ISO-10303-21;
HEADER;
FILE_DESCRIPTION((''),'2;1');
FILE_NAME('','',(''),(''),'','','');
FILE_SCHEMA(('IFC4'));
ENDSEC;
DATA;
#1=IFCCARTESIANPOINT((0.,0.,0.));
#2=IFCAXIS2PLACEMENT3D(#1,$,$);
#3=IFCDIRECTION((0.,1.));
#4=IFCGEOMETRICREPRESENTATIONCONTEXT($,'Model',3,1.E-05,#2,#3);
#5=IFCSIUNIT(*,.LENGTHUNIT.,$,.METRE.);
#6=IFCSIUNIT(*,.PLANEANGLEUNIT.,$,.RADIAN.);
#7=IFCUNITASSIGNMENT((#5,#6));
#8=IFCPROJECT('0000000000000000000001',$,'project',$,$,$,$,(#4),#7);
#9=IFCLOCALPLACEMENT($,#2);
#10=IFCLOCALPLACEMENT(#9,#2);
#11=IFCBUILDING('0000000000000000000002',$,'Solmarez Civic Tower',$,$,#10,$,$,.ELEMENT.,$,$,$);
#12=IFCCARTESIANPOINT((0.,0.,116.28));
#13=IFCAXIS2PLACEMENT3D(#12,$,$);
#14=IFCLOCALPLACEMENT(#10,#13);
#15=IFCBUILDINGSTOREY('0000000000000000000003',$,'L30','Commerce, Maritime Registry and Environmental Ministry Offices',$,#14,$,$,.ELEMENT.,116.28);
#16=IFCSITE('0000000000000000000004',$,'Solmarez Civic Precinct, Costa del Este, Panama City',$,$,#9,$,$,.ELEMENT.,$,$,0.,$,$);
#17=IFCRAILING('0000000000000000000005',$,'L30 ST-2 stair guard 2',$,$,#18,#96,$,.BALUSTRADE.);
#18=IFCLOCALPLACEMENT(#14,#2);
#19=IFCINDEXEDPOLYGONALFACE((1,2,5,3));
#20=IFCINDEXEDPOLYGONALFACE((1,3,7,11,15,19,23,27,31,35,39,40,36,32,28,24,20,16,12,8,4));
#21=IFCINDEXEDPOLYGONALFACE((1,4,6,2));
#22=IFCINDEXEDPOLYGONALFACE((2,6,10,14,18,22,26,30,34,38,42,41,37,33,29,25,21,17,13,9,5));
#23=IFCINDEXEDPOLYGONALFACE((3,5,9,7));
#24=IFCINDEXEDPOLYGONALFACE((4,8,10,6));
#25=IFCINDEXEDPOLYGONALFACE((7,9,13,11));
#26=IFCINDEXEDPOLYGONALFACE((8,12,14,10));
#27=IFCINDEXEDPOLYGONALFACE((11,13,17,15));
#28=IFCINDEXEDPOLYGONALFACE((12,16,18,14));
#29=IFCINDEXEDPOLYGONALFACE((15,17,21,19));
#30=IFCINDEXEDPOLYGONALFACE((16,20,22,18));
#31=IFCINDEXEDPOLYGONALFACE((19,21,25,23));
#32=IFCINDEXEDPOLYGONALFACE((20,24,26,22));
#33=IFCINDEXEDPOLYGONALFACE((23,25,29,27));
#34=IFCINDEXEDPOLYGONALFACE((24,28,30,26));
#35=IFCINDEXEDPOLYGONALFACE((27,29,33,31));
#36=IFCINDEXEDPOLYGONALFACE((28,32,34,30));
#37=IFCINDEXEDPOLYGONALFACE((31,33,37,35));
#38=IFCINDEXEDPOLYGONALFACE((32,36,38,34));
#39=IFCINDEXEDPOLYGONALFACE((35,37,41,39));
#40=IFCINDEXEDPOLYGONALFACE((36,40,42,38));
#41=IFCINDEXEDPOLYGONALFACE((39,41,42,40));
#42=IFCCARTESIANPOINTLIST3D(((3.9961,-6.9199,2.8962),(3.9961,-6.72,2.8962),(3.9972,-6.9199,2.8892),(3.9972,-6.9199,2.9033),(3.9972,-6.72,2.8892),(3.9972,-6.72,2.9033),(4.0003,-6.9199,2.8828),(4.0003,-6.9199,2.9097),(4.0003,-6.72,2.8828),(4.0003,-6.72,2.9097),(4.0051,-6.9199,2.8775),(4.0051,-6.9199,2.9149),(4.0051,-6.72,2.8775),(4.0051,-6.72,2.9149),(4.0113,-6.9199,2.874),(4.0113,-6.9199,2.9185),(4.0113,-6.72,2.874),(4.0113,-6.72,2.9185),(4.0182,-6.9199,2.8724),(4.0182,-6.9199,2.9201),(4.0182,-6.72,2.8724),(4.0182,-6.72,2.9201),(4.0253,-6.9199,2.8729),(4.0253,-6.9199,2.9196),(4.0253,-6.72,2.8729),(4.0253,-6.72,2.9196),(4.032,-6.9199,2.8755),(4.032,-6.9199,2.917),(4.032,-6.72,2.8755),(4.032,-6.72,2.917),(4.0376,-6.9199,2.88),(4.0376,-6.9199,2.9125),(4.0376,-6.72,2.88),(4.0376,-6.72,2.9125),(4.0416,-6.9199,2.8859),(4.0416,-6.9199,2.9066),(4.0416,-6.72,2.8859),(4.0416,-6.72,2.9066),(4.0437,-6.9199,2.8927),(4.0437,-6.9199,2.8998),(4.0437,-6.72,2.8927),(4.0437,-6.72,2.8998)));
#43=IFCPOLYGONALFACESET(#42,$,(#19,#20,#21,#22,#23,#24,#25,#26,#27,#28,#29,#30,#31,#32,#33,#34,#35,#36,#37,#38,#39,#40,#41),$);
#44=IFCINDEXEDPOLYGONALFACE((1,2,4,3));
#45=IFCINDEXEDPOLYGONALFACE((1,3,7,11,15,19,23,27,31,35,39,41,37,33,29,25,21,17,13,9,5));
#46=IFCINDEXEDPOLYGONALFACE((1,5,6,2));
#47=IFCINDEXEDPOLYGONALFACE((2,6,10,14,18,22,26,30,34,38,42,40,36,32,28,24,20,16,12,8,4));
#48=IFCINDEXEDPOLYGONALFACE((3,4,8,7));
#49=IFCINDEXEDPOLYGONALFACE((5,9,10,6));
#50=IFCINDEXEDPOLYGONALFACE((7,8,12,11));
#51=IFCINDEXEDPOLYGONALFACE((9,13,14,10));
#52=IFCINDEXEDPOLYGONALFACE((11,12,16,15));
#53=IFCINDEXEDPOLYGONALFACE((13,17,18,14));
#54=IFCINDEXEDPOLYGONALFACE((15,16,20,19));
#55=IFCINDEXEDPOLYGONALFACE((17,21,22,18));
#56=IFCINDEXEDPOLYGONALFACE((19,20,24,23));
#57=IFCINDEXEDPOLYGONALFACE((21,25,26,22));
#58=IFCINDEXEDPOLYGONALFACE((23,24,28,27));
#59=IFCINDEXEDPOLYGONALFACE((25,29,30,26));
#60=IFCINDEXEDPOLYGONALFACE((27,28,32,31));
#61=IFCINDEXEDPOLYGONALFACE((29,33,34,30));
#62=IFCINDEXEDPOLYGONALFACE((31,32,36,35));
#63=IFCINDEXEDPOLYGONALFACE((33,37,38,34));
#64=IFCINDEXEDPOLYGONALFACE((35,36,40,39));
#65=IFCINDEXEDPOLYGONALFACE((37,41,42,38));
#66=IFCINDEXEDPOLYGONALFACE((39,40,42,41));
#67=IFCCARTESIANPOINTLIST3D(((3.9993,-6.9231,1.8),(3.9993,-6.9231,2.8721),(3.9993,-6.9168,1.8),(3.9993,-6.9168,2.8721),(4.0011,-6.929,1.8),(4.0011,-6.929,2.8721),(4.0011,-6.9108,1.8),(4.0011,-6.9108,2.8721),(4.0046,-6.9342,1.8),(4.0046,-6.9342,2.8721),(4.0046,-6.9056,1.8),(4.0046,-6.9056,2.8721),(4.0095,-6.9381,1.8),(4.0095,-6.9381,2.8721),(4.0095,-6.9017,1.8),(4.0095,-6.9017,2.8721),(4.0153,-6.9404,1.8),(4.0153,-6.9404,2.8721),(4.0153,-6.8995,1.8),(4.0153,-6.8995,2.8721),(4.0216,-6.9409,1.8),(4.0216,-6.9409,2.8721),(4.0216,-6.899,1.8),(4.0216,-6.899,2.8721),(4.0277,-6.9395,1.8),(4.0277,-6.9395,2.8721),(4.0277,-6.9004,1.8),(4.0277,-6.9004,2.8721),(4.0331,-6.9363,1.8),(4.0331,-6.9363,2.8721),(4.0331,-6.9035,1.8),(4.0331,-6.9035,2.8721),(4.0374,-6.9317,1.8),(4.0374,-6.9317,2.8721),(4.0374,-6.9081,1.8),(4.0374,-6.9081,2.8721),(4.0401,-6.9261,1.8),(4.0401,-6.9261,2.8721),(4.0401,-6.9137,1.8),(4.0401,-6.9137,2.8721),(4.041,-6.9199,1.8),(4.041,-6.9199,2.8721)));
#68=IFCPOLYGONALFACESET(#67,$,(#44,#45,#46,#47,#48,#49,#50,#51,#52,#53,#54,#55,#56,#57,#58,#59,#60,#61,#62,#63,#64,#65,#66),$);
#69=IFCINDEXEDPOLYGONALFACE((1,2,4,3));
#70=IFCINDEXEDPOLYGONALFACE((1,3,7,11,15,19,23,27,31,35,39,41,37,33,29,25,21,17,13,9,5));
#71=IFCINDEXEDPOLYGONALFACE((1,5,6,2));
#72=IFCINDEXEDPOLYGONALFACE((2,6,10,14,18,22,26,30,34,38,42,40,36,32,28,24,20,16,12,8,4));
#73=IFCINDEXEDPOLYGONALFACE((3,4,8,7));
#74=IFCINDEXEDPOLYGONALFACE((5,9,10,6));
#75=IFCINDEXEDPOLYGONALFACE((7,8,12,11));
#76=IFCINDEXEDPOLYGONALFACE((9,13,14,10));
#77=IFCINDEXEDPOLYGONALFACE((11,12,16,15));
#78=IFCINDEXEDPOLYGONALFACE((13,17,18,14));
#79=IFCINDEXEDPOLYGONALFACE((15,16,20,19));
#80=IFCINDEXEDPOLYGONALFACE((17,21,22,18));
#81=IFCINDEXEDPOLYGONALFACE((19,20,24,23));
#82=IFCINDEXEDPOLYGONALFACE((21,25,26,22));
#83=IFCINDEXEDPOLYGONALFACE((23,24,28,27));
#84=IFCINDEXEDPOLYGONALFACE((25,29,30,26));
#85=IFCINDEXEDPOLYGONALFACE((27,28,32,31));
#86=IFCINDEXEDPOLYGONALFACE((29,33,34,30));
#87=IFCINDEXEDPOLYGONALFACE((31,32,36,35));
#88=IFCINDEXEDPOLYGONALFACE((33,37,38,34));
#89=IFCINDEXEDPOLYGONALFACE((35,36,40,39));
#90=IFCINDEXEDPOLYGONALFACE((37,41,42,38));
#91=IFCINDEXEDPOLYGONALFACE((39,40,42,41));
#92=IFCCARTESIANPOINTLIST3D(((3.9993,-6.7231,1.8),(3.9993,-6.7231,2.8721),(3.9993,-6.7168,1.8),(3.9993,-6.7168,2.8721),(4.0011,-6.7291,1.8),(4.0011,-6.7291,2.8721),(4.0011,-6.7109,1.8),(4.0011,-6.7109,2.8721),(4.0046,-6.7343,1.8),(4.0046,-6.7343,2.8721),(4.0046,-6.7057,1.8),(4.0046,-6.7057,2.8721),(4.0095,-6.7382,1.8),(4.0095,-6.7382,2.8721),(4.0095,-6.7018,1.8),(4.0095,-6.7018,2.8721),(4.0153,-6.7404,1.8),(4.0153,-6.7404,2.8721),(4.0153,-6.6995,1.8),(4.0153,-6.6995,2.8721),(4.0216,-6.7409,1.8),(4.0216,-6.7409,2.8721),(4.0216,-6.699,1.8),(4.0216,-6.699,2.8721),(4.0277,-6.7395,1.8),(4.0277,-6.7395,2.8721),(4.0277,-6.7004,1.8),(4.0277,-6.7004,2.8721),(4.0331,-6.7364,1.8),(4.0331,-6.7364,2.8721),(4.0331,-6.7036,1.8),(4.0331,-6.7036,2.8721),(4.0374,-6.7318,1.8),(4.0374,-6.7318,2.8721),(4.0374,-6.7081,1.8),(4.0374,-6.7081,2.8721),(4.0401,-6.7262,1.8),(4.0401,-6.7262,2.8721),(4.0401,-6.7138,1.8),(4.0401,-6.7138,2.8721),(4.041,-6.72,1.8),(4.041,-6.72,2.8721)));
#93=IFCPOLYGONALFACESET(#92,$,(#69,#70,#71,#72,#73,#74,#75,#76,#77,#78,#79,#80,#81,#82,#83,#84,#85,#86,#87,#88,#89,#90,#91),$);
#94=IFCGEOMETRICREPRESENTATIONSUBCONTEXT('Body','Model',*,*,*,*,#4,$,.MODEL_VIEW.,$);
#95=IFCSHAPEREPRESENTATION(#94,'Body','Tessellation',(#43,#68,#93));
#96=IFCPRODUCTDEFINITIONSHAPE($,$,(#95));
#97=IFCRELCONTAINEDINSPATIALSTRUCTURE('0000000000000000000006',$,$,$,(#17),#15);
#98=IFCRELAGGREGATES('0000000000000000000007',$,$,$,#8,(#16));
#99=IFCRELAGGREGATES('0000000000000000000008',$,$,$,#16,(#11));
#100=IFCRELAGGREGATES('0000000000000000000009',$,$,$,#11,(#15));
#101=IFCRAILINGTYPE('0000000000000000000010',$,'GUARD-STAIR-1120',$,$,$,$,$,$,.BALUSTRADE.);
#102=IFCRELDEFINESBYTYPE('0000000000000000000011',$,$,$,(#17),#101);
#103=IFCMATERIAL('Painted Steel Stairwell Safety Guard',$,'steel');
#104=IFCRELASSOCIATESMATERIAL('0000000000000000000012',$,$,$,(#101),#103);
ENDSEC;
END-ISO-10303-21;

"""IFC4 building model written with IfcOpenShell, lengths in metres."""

from ifc_helpers import new_model, si_unit, direction, frame, origin, origin_2d, place, context, subcontext, project, spatial, circle, extrude, material, type_object, element, save


model = new_model("IFC4")

# Units and contexts
model_context = context("Model", 3, precision=1e-05, world=origin(), true_north=direction((0.0, 1.0)))
body_context = subcontext(model_context, "Body", "Model", "MODEL_VIEW")
ifc_project = project(units=[si_unit("LENGTHUNIT", "METRE"), si_unit("PLANEANGLEUNIT", "RADIAN")], contexts=[model_context])

# Site, building, storey
site_placement = place(None, origin())
site = spatial("IfcSite", under=ifc_project, at=site_placement, Name="Solmarez Civic Precinct, Costa del Este, Panama City", CompositionType="ELEMENT", RefElevation=0.0)
building_placement = place(site_placement, origin())
building = spatial("IfcBuilding", under=site, at=building_placement, Name="Solmarez Civic Tower", CompositionType="ELEMENT")
storey_placement = place(building_placement, frame((0.0, 0.0, 116.28)))
storey = spatial("IfcBuildingStorey", under=building, at=storey_placement, Name="L30", Description="Commerce, Maritime Registry and Environmental Ministry Offices", CompositionType="ELEMENT", Elevation=116.28)

# Railing
ifc_material_1 = material(Name="Painted Steel Stairwell Safety Guard", Category="steel")
railing_type_1 = type_object("IfcRailingType", Name="GUARD-STAIR-1120", PredefinedType="BALUSTRADE", material=ifc_material_1)
railing_1_placement = place(storey_placement, frame((4.02, -6.9199, 1.8)))
element("IfcRailing", 1, at=railing_1_placement, inside=storey, type_object=railing_type_1, Name="L30 ST-2 stair guard 2", PredefinedType="BALUSTRADE", context=body_context, shape_type="SweptSolid", body=[
    extrude(circle(Radius=0.0239, at=origin_2d()), frame((0.0, 0.0, 1.0962), z_axis=(0.0, 1.0, 0.0), x_axis=(-1.0, 0.0, 0.0)), (0.0, 0.0, 1.0), 0.2),
    extrude(circle(Radius=0.021, at=origin_2d()), origin(), (0.0, 0.0, 1.0), 1.072),
    extrude(circle(Radius=0.021, at=origin_2d()), frame((0.0, 0.2, 0.0)), (0.0, 0.0, 1.0), 1.072),
])

save(model, "model.ifc")
